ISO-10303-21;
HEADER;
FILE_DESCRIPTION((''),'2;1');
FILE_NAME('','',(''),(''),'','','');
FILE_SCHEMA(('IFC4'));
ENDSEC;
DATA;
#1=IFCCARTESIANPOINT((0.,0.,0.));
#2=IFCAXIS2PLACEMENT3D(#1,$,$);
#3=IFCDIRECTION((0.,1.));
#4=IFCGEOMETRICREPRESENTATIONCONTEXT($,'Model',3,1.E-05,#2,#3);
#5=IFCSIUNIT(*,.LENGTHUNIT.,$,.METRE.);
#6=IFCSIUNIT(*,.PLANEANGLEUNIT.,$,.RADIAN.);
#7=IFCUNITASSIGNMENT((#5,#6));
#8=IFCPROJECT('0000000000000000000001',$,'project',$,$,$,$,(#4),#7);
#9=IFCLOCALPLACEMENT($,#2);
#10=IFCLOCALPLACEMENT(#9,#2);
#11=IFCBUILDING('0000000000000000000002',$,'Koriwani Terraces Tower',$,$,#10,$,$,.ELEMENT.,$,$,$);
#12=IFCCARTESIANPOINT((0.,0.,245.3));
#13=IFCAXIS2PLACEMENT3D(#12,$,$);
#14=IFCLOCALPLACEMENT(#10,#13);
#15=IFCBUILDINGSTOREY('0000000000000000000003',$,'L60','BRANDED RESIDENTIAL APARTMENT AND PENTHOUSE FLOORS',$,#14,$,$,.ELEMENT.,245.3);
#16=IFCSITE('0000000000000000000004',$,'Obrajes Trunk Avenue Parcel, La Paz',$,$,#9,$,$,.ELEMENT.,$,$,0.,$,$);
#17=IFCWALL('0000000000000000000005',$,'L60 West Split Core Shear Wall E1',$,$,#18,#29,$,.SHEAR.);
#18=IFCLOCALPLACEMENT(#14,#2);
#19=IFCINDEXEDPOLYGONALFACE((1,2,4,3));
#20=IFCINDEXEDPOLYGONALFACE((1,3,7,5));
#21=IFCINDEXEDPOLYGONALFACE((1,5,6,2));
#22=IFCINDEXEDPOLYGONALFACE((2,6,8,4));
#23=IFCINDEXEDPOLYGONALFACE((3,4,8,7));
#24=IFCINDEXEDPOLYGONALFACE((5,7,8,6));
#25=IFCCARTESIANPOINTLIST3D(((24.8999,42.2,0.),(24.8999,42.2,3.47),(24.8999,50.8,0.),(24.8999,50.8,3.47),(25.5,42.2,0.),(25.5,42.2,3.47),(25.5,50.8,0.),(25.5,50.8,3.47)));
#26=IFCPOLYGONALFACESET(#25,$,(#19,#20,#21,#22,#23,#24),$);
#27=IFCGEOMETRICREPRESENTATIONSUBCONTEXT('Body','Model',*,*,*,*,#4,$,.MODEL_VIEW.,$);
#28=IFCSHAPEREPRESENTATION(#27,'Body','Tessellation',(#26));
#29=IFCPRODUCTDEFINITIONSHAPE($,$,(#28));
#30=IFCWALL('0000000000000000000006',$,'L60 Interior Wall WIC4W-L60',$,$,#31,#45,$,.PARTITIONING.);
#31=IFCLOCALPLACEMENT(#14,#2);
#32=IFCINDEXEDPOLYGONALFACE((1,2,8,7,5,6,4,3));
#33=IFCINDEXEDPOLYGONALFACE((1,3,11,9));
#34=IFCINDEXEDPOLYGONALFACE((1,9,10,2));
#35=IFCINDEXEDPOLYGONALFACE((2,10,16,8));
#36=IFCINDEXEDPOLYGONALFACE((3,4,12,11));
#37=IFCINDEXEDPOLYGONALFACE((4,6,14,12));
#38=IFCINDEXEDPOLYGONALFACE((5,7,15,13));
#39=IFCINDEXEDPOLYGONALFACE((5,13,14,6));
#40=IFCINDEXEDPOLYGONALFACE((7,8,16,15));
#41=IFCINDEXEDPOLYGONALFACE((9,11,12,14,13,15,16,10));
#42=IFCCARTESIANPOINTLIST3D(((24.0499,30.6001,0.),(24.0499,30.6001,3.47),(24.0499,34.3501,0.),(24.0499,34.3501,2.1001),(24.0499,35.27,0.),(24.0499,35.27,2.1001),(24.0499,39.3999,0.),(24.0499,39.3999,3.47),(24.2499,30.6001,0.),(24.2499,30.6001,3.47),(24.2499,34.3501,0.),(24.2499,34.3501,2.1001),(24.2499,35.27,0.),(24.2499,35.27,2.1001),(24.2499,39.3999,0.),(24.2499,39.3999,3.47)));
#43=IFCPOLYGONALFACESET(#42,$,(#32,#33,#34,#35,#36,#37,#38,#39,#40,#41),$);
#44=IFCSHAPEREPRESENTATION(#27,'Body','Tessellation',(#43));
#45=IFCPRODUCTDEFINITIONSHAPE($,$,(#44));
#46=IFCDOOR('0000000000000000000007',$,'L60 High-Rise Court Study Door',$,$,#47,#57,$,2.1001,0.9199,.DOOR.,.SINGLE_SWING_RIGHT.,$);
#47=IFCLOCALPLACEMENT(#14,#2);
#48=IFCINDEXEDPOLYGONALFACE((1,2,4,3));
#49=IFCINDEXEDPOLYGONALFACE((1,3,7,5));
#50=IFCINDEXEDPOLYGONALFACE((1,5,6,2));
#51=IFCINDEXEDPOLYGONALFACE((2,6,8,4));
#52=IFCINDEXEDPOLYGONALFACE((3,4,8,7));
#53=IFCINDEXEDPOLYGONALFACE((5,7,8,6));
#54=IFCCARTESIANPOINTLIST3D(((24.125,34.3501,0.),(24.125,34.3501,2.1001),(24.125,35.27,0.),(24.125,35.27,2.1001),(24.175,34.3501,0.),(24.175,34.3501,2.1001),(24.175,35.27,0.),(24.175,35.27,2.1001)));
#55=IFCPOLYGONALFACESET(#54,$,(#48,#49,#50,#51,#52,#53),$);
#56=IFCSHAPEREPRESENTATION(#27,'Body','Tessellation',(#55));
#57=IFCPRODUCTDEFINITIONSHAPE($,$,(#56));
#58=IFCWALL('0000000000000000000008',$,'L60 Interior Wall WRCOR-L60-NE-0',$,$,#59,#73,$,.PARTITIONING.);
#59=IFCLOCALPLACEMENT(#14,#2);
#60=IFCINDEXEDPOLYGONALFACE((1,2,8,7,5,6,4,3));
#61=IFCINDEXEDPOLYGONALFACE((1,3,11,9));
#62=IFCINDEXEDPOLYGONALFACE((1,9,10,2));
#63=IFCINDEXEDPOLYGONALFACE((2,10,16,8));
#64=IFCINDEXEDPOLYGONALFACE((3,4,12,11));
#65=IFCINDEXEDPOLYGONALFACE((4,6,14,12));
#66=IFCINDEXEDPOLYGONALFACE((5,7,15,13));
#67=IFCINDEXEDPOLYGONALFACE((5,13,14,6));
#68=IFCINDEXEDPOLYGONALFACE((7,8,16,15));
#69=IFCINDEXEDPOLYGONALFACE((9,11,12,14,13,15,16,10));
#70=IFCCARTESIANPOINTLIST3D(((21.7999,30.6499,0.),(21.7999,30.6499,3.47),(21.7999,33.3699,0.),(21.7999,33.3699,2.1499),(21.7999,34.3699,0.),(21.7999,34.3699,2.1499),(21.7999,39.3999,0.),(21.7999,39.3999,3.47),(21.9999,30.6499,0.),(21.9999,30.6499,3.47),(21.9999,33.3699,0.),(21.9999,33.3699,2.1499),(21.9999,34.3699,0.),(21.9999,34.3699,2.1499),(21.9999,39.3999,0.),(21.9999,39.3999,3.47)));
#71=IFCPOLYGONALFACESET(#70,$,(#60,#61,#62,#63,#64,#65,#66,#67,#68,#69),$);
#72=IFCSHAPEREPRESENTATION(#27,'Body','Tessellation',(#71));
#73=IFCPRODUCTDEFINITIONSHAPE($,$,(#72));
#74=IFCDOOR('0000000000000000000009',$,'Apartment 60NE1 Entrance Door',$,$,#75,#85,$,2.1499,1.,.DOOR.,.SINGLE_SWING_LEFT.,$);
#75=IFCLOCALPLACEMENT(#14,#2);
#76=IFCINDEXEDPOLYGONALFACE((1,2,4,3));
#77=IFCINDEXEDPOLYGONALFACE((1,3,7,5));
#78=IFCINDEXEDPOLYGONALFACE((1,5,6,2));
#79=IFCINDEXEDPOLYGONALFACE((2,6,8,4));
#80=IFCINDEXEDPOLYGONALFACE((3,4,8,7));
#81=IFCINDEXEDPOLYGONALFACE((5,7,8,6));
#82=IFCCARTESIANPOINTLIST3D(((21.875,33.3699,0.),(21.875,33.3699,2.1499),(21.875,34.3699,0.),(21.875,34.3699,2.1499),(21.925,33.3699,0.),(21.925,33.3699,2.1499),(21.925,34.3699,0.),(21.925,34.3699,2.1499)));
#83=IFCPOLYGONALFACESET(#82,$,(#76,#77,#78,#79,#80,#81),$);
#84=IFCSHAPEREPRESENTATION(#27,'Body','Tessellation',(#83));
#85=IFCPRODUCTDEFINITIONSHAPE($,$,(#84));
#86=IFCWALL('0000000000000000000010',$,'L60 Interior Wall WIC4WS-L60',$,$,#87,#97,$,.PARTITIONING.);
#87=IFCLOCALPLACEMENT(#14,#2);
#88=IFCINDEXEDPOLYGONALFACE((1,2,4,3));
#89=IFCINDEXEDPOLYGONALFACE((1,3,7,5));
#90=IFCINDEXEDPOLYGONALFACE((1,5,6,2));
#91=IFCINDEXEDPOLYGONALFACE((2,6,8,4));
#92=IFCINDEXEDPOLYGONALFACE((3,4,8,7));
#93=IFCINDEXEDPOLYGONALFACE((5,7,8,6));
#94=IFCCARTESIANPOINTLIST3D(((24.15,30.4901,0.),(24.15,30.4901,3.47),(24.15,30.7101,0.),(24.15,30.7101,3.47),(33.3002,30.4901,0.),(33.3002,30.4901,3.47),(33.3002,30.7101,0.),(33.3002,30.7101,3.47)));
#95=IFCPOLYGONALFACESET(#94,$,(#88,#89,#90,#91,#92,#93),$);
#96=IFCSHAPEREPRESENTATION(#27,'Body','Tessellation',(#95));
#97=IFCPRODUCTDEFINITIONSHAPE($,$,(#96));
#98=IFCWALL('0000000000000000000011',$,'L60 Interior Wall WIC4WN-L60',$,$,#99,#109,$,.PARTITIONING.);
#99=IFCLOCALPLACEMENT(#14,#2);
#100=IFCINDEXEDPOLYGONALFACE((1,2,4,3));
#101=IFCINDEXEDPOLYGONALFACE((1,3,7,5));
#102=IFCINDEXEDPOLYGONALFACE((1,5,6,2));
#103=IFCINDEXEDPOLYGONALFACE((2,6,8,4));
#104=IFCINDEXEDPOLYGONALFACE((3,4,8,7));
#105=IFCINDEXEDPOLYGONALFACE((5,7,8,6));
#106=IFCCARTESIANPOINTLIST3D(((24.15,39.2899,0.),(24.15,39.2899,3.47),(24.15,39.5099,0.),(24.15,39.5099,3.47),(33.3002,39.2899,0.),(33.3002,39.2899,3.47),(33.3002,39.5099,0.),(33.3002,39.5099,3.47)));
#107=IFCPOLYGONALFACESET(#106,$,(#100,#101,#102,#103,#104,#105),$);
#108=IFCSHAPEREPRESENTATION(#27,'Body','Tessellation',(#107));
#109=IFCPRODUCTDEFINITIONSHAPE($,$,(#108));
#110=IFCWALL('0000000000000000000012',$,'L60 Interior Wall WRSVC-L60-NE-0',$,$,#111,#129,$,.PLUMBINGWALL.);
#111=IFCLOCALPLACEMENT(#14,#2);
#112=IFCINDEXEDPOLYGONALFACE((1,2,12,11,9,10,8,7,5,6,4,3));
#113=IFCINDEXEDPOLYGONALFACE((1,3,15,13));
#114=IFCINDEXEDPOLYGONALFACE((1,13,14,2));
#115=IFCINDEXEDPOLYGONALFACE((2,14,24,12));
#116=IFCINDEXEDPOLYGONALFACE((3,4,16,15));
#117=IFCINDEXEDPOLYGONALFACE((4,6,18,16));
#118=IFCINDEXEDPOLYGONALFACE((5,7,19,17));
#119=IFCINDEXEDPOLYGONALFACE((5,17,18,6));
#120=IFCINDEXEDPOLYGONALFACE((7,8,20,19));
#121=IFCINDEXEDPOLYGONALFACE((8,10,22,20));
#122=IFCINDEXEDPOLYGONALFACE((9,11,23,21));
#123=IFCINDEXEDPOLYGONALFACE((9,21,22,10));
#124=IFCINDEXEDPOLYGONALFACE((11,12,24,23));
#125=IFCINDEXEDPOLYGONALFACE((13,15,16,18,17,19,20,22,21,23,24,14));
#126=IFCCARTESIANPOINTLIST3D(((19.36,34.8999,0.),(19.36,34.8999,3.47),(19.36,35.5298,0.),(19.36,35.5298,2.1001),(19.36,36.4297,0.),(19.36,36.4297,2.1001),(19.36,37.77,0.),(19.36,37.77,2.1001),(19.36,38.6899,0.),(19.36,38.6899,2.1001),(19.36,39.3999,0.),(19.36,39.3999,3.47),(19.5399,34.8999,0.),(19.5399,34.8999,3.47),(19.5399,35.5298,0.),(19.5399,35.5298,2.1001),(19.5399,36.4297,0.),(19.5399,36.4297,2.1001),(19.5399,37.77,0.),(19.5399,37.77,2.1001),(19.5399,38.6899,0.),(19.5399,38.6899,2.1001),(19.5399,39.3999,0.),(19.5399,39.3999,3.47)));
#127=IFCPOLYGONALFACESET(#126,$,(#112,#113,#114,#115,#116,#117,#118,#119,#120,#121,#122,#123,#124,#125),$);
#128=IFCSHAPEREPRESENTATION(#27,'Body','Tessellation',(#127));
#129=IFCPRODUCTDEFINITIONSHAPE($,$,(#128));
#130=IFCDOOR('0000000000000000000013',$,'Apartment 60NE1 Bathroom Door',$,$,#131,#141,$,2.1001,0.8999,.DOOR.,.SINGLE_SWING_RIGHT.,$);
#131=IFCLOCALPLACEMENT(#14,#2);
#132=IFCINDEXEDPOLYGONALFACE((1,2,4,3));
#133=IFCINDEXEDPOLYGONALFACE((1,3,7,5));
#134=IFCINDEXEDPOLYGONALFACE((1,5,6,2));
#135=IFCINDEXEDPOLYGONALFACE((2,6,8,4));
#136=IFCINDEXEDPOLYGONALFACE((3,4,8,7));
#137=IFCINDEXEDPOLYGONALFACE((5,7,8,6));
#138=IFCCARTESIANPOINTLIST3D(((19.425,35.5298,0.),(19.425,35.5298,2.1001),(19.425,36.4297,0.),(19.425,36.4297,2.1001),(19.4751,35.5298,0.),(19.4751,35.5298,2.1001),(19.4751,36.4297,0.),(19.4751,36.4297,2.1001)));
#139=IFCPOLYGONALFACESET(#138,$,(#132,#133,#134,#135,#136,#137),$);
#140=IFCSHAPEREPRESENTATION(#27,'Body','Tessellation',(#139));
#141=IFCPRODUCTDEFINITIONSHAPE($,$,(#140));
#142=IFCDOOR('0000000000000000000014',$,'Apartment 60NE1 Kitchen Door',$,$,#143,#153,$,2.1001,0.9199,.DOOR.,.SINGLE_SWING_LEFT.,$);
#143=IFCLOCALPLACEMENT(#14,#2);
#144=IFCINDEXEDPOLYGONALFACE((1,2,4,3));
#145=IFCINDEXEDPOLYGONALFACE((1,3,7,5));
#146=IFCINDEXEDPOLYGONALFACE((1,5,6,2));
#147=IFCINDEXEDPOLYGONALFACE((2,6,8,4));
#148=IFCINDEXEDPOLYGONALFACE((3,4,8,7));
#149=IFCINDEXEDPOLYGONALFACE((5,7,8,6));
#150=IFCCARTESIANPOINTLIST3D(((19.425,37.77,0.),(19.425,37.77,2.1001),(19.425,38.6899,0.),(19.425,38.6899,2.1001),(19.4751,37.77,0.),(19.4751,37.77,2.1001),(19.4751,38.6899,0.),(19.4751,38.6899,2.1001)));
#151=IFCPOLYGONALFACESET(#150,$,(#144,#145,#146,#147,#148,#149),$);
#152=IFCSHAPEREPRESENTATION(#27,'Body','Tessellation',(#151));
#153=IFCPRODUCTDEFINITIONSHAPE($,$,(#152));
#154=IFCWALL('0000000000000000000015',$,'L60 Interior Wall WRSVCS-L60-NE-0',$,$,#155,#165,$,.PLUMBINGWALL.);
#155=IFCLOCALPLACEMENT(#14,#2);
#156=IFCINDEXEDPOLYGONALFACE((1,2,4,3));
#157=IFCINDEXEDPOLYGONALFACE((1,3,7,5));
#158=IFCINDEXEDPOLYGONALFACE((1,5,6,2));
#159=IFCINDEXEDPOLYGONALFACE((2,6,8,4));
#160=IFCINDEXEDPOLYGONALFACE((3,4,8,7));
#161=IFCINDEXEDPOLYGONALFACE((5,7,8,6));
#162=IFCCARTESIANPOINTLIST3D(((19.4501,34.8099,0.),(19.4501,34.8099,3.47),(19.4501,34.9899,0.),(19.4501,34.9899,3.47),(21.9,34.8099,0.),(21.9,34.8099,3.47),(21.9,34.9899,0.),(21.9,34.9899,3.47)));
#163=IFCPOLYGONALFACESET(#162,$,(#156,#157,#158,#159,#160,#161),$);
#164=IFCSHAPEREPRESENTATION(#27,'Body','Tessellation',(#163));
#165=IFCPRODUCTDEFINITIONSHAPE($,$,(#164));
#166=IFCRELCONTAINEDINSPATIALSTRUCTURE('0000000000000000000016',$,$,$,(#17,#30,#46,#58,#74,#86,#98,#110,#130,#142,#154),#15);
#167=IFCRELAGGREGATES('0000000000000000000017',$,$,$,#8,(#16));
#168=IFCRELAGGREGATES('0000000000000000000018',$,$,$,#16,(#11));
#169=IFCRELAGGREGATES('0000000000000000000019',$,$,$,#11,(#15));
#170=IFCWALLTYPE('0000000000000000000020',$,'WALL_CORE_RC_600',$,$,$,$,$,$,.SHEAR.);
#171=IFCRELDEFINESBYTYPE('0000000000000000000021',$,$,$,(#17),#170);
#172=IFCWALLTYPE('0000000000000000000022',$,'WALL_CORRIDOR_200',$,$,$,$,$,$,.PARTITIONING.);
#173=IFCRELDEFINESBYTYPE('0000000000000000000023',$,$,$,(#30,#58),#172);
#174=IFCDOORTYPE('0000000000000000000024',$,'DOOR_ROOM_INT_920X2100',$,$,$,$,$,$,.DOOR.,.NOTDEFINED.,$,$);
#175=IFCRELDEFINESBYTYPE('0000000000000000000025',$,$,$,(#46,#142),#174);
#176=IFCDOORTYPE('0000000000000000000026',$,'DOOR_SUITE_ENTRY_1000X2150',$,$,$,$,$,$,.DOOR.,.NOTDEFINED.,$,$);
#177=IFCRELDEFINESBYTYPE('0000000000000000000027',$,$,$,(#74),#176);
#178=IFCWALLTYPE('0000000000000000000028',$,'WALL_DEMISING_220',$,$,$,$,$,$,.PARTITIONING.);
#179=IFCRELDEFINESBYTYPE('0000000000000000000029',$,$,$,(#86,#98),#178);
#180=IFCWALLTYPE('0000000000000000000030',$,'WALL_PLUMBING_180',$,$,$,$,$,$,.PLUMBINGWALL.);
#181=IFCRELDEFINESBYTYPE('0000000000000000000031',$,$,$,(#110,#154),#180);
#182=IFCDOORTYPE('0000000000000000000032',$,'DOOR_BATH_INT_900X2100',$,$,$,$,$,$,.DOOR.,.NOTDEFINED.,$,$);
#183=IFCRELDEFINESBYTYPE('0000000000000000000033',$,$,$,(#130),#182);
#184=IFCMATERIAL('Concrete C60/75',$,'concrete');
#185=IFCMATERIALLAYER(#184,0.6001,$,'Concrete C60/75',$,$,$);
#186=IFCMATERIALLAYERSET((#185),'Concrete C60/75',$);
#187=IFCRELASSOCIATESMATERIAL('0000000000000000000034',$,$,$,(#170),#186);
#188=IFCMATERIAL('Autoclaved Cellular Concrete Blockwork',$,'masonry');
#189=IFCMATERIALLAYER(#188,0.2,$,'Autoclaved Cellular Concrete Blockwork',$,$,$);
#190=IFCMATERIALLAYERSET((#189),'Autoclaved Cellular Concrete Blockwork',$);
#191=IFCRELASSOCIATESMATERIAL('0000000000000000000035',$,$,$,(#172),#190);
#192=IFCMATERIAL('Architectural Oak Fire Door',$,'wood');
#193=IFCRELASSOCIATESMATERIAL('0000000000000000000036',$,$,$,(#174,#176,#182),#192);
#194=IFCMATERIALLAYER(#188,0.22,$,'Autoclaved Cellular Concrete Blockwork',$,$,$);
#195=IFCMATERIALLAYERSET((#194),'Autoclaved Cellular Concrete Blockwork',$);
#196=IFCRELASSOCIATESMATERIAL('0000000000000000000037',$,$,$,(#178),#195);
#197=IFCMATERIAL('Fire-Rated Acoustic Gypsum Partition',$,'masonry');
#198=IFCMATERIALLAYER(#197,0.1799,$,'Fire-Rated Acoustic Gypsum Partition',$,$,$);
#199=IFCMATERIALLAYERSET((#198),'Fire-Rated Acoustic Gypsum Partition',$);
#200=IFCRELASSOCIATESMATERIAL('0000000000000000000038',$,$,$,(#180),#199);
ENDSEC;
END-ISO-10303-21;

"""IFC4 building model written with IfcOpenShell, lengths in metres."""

from ifc_helpers import new_model, si_unit, direction, frame, frame_2d, origin, place, context, subcontext, project, spatial, rectangle, extrude, material, layer, layer_set, type_object, element, fill, save


model = new_model("IFC4")

# Units and contexts
model_context = context("Model", 3, precision=1e-05, world=origin(), true_north=direction((0.0, 1.0)))
body_context = subcontext(model_context, "Body", "Model", "MODEL_VIEW")
ifc_project = project(units=[si_unit("LENGTHUNIT", "METRE"), si_unit("PLANEANGLEUNIT", "RADIAN")], contexts=[model_context])

# Site, building, storey
site_placement = place(None, origin())
site = spatial("IfcSite", under=ifc_project, at=site_placement, Name="Obrajes Trunk Avenue Parcel, La Paz", CompositionType="ELEMENT", RefElevation=0.0)
building_placement = place(site_placement, origin())
building = spatial("IfcBuilding", under=site, at=building_placement, Name="Koriwani Terraces Tower", CompositionType="ELEMENT")
storey_placement = place(building_placement, frame((0.0, 0.0, 245.3)))
storey = spatial("IfcBuildingStorey", under=building, at=storey_placement, Name="L60", Description="BRANDED RESIDENTIAL APARTMENT AND PENTHOUSE FLOORS", CompositionType="ELEMENT", Elevation=245.3)

# Shared definitions
ifc_material_1 = material(Name="Concrete C60/75", Category="concrete")

# Wall
ifc_layer_1 = layer(ifc_material_1, 0.6001, Name="Concrete C60/75")
ifc_layer_set_1 = layer_set([ifc_layer_1], Name="Concrete C60/75")
wall_type_1 = type_object("IfcWallType", Name="WALL_CORE_RC_600", PredefinedType="SHEAR", material=ifc_layer_set_1)
wall_1_placement = place(storey_placement, frame((25.2, 42.2, 0.0), z_axis=(0.0, 0.0, 1.0), x_axis=(0.0, 1.0, 0.0)))
element("IfcWall", 1, at=wall_1_placement, inside=storey, type_object=wall_type_1, Name="L60 West Split Core Shear Wall E1", PredefinedType="SHEAR", context=body_context, shape_type="SweptSolid", body=[
    extrude(rectangle(XDim=8.6001, YDim=0.6001, at=frame_2d((4.3, 0.0))), origin(), (0.0, 0.0, 1.0), 3.47),
])

# Walls, openings, doors
ifc_material_2 = material(Name="Autoclaved Cellular Concrete Blockwork", Category="masonry")
ifc_layer_2 = layer(ifc_material_2, 0.2, Name="Autoclaved Cellular Concrete Blockwork")
ifc_layer_set_2 = layer_set([ifc_layer_2], Name="Autoclaved Cellular Concrete Blockwork")
wall_type_2 = type_object("IfcWallType", Name="WALL_CORRIDOR_200", PredefinedType="PARTITIONING", material=ifc_layer_set_2)
wall_2_placement = place(storey_placement, frame((24.1499, 30.6001, 0.0), z_axis=(0.0, 0.0, 1.0), x_axis=(0.0, 1.0, 0.0)))
wall_2 = element("IfcWall", 2, at=wall_2_placement, inside=storey, type_object=wall_type_2, Name="L60 Interior Wall WIC4W-L60", PredefinedType="PARTITIONING", context=body_context, shape_type="SweptSolid", body=[
    extrude(rectangle(XDim=8.7998, YDim=0.2, at=frame_2d((4.3999, 0.0))), origin(), (0.0, 0.0, 1.0), 3.47),
])
opening_1_placement = place(wall_2_placement, frame((3.75, 0.0, 0.0)))
opening_1 = element("IfcOpeningElement", 3, at=opening_1_placement, cuts=wall_2, PredefinedType="OPENING", context=body_context, shape_type="SweptSolid", body=[
    extrude(rectangle(XDim=0.9199, YDim=2.1001, at=frame_2d((0.46, 1.05))), frame((0.0, 0.1099, 0.0), z_axis=(0.0, -1.0, 0.0), x_axis=(1.0, 0.0, 0.0)), (0.0, 0.0, 1.0), 0.22),
])
ifc_material_3 = material(Name="Architectural Oak Fire Door", Category="wood")
door_type_1 = type_object("IfcDoorType", Name="DOOR_ROOM_INT_920X2100", OperationType="NOTDEFINED", PredefinedType="DOOR", material=ifc_material_3)
door_1_placement = place(opening_1_placement, origin())
door_1 = element("IfcDoor", 4, at=door_1_placement, inside=storey, type_object=door_type_1, Name="L60 High-Rise Court Study Door", OperationType="SINGLE_SWING_RIGHT", OverallHeight=2.1001, OverallWidth=0.9199, PredefinedType="DOOR", context=body_context, shape_type="SweptSolid", body=[
    extrude(rectangle(XDim=0.9199, YDim=2.1001, at=frame_2d((0.46, 1.05))), frame((0.0, 0.0249, 0.0), z_axis=(0.0, -1.0, 0.0), x_axis=(1.0, 0.0, 0.0)), (0.0, 0.0, 1.0), 0.05),
])
fill(opening_1, door_1)
wall_3_placement = place(storey_placement, frame((21.8999, 30.6499, 0.0), z_axis=(0.0, 0.0, 1.0), x_axis=(0.0, 1.0, 0.0)))
wall_3 = element("IfcWall", 5, at=wall_3_placement, inside=storey, type_object=wall_type_2, Name="L60 Interior Wall WRCOR-L60-NE-0", PredefinedType="PARTITIONING", context=body_context, shape_type="SweptSolid", body=[
    extrude(rectangle(XDim=8.75, YDim=0.2, at=frame_2d((4.375, 0.0))), origin(), (0.0, 0.0, 1.0), 3.47),
])
opening_2_placement = place(wall_3_placement, frame((2.72, 0.0, 0.0)))
opening_2 = element("IfcOpeningElement", 6, at=opening_2_placement, cuts=wall_3, PredefinedType="OPENING", context=body_context, shape_type="SweptSolid", body=[
    extrude(rectangle(XDim=1.0, YDim=2.1499, at=frame_2d((0.5, 1.075))), frame((0.0, 0.1099, 0.0), z_axis=(0.0, -1.0, 0.0), x_axis=(1.0, 0.0, 0.0)), (0.0, 0.0, 1.0), 0.22),
])
door_type_2 = type_object("IfcDoorType", Name="DOOR_SUITE_ENTRY_1000X2150", OperationType="NOTDEFINED", PredefinedType="DOOR", material=ifc_material_3)
door_2_placement = place(opening_2_placement, origin())
door_2 = element("IfcDoor", 7, at=door_2_placement, inside=storey, type_object=door_type_2, Name="Apartment 60NE1 Entrance Door", OperationType="SINGLE_SWING_LEFT", OverallHeight=2.1499, OverallWidth=1.0, PredefinedType="DOOR", context=body_context, shape_type="SweptSolid", body=[
    extrude(rectangle(XDim=1.0, YDim=2.1499, at=frame_2d((0.5, 1.075))), frame((0.0, 0.0249, 0.0), z_axis=(0.0, -1.0, 0.0), x_axis=(1.0, 0.0, 0.0)), (0.0, 0.0, 1.0), 0.05),
])
fill(opening_2, door_2)

# Walls
ifc_layer_3 = layer(ifc_material_2, 0.22, Name="Autoclaved Cellular Concrete Blockwork")
ifc_layer_set_3 = layer_set([ifc_layer_3], Name="Autoclaved Cellular Concrete Blockwork")
wall_type_3 = type_object("IfcWallType", Name="WALL_DEMISING_220", PredefinedType="PARTITIONING", material=ifc_layer_set_3)
for number, where, z_axis, x_axis, name in (
    (8, (24.1499, 30.6001, 0.0), (0.0, 0.0, 1.0), (1.0, 0.0, 0.0), "L60 Interior Wall WIC4WS-L60"),
    (9, (24.1499, 39.3999, 0.0), (0.0, 0.0, 1.0), (1.0, 0.0, 0.0), "L60 Interior Wall WIC4WN-L60"),
):
    element("IfcWall", number, at=place(storey_placement, frame(where, z_axis=z_axis, x_axis=x_axis)), inside=storey, type_object=wall_type_3, Name=name, PredefinedType="PARTITIONING", context=body_context, shape_type="SweptSolid", body=[
        extrude(rectangle(XDim=9.1501, YDim=0.22, at=frame_2d((4.5752, 0.0))), origin(), (0.0, 0.0, 1.0), 3.47),
    ])

# Wall, openings, doors
ifc_material_4 = material(Name="Fire-Rated Acoustic Gypsum Partition", Category="masonry")
ifc_layer_4 = layer(ifc_material_4, 0.1799, Name="Fire-Rated Acoustic Gypsum Partition")
ifc_layer_set_4 = layer_set([ifc_layer_4], Name="Fire-Rated Acoustic Gypsum Partition")
wall_type_4 = type_object("IfcWallType", Name="WALL_PLUMBING_180", PredefinedType="PLUMBINGWALL", material=ifc_layer_set_4)
wall_4_placement = place(storey_placement, frame((19.45, 34.8999, 0.0), z_axis=(0.0, 0.0, 1.0), x_axis=(0.0, 1.0, 0.0)))
wall_4 = element("IfcWall", 10, at=wall_4_placement, inside=storey, type_object=wall_type_4, Name="L60 Interior Wall WRSVC-L60-NE-0", PredefinedType="PLUMBINGWALL", context=body_context, shape_type="SweptSolid", body=[
    extrude(rectangle(XDim=4.5, YDim=0.1799, at=frame_2d((2.25, 0.0))), origin(), (0.0, 0.0, 1.0), 3.47),
])
opening_3_placement = place(wall_4_placement, frame((0.6299, 0.0, 0.0)))
opening_3 = element("IfcOpeningElement", 11, at=opening_3_placement, cuts=wall_4, PredefinedType="OPENING", context=body_context, shape_type="SweptSolid", body=[
    extrude(rectangle(XDim=0.8999, YDim=2.1001, at=frame_2d((0.45, 1.05))), frame((0.0, 0.1001, 0.0), z_axis=(0.0, -1.0, 0.0), x_axis=(1.0, 0.0, 0.0)), (0.0, 0.0, 1.0), 0.2),
])
opening_4_placement = place(wall_4_placement, frame((2.8701, 0.0, 0.0)))
opening_4 = element("IfcOpeningElement", 12, at=opening_4_placement, cuts=wall_4, PredefinedType="OPENING", context=body_context, shape_type="SweptSolid", body=[
    extrude(rectangle(XDim=0.9199, YDim=2.1001, at=frame_2d((0.46, 1.05))), frame((0.0, 0.1001, 0.0), z_axis=(0.0, -1.0, 0.0), x_axis=(1.0, 0.0, 0.0)), (0.0, 0.0, 1.0), 0.2),
])
door_type_3 = type_object("IfcDoorType", Name="DOOR_BATH_INT_900X2100", OperationType="NOTDEFINED", PredefinedType="DOOR", material=ifc_material_3)
door_3_placement = place(opening_3_placement, origin())
door_3 = element("IfcDoor", 13, at=door_3_placement, inside=storey, type_object=door_type_3, Name="Apartment 60NE1 Bathroom Door", OperationType="SINGLE_SWING_RIGHT", OverallHeight=2.1001, OverallWidth=0.8999, PredefinedType="DOOR", context=body_context, shape_type="SweptSolid", body=[
    extrude(rectangle(XDim=0.8999, YDim=2.1001, at=frame_2d((0.45, 1.05))), frame((0.0, 0.0249, 0.0), z_axis=(0.0, -1.0, 0.0), x_axis=(1.0, 0.0, 0.0)), (0.0, 0.0, 1.0), 0.05),
])
fill(opening_3, door_3)
door_4_placement = place(opening_4_placement, origin())
door_4 = element("IfcDoor", 14, at=door_4_placement, inside=storey, type_object=door_type_1, Name="Apartment 60NE1 Kitchen Door", OperationType="SINGLE_SWING_LEFT", OverallHeight=2.1001, OverallWidth=0.9199, PredefinedType="DOOR", context=body_context, shape_type="SweptSolid", body=[
    extrude(rectangle(XDim=0.9199, YDim=2.1001, at=frame_2d((0.46, 1.05))), frame((0.0, 0.0249, 0.0), z_axis=(0.0, -1.0, 0.0), x_axis=(1.0, 0.0, 0.0)), (0.0, 0.0, 1.0), 0.05),
])
fill(opening_4, door_4)

# Wall
for number, where, z_axis, x_axis, name in (
    (15, (19.45, 34.8999, 0.0), (0.0, 0.0, 1.0), (1.0, 0.0, 0.0), "L60 Interior Wall WRSVCS-L60-NE-0"),
):
    element("IfcWall", number, at=place(storey_placement, frame(where, z_axis=z_axis, x_axis=x_axis)), inside=storey, type_object=wall_type_4, Name=name, PredefinedType="PLUMBINGWALL", context=body_context, shape_type="SweptSolid", body=[
        extrude(rectangle(XDim=2.45, YDim=0.1799, at=frame_2d((1.2251, 0.0))), origin(), (0.0, 0.0, 1.0), 3.47),
    ])

save(model, "model.ifc")
